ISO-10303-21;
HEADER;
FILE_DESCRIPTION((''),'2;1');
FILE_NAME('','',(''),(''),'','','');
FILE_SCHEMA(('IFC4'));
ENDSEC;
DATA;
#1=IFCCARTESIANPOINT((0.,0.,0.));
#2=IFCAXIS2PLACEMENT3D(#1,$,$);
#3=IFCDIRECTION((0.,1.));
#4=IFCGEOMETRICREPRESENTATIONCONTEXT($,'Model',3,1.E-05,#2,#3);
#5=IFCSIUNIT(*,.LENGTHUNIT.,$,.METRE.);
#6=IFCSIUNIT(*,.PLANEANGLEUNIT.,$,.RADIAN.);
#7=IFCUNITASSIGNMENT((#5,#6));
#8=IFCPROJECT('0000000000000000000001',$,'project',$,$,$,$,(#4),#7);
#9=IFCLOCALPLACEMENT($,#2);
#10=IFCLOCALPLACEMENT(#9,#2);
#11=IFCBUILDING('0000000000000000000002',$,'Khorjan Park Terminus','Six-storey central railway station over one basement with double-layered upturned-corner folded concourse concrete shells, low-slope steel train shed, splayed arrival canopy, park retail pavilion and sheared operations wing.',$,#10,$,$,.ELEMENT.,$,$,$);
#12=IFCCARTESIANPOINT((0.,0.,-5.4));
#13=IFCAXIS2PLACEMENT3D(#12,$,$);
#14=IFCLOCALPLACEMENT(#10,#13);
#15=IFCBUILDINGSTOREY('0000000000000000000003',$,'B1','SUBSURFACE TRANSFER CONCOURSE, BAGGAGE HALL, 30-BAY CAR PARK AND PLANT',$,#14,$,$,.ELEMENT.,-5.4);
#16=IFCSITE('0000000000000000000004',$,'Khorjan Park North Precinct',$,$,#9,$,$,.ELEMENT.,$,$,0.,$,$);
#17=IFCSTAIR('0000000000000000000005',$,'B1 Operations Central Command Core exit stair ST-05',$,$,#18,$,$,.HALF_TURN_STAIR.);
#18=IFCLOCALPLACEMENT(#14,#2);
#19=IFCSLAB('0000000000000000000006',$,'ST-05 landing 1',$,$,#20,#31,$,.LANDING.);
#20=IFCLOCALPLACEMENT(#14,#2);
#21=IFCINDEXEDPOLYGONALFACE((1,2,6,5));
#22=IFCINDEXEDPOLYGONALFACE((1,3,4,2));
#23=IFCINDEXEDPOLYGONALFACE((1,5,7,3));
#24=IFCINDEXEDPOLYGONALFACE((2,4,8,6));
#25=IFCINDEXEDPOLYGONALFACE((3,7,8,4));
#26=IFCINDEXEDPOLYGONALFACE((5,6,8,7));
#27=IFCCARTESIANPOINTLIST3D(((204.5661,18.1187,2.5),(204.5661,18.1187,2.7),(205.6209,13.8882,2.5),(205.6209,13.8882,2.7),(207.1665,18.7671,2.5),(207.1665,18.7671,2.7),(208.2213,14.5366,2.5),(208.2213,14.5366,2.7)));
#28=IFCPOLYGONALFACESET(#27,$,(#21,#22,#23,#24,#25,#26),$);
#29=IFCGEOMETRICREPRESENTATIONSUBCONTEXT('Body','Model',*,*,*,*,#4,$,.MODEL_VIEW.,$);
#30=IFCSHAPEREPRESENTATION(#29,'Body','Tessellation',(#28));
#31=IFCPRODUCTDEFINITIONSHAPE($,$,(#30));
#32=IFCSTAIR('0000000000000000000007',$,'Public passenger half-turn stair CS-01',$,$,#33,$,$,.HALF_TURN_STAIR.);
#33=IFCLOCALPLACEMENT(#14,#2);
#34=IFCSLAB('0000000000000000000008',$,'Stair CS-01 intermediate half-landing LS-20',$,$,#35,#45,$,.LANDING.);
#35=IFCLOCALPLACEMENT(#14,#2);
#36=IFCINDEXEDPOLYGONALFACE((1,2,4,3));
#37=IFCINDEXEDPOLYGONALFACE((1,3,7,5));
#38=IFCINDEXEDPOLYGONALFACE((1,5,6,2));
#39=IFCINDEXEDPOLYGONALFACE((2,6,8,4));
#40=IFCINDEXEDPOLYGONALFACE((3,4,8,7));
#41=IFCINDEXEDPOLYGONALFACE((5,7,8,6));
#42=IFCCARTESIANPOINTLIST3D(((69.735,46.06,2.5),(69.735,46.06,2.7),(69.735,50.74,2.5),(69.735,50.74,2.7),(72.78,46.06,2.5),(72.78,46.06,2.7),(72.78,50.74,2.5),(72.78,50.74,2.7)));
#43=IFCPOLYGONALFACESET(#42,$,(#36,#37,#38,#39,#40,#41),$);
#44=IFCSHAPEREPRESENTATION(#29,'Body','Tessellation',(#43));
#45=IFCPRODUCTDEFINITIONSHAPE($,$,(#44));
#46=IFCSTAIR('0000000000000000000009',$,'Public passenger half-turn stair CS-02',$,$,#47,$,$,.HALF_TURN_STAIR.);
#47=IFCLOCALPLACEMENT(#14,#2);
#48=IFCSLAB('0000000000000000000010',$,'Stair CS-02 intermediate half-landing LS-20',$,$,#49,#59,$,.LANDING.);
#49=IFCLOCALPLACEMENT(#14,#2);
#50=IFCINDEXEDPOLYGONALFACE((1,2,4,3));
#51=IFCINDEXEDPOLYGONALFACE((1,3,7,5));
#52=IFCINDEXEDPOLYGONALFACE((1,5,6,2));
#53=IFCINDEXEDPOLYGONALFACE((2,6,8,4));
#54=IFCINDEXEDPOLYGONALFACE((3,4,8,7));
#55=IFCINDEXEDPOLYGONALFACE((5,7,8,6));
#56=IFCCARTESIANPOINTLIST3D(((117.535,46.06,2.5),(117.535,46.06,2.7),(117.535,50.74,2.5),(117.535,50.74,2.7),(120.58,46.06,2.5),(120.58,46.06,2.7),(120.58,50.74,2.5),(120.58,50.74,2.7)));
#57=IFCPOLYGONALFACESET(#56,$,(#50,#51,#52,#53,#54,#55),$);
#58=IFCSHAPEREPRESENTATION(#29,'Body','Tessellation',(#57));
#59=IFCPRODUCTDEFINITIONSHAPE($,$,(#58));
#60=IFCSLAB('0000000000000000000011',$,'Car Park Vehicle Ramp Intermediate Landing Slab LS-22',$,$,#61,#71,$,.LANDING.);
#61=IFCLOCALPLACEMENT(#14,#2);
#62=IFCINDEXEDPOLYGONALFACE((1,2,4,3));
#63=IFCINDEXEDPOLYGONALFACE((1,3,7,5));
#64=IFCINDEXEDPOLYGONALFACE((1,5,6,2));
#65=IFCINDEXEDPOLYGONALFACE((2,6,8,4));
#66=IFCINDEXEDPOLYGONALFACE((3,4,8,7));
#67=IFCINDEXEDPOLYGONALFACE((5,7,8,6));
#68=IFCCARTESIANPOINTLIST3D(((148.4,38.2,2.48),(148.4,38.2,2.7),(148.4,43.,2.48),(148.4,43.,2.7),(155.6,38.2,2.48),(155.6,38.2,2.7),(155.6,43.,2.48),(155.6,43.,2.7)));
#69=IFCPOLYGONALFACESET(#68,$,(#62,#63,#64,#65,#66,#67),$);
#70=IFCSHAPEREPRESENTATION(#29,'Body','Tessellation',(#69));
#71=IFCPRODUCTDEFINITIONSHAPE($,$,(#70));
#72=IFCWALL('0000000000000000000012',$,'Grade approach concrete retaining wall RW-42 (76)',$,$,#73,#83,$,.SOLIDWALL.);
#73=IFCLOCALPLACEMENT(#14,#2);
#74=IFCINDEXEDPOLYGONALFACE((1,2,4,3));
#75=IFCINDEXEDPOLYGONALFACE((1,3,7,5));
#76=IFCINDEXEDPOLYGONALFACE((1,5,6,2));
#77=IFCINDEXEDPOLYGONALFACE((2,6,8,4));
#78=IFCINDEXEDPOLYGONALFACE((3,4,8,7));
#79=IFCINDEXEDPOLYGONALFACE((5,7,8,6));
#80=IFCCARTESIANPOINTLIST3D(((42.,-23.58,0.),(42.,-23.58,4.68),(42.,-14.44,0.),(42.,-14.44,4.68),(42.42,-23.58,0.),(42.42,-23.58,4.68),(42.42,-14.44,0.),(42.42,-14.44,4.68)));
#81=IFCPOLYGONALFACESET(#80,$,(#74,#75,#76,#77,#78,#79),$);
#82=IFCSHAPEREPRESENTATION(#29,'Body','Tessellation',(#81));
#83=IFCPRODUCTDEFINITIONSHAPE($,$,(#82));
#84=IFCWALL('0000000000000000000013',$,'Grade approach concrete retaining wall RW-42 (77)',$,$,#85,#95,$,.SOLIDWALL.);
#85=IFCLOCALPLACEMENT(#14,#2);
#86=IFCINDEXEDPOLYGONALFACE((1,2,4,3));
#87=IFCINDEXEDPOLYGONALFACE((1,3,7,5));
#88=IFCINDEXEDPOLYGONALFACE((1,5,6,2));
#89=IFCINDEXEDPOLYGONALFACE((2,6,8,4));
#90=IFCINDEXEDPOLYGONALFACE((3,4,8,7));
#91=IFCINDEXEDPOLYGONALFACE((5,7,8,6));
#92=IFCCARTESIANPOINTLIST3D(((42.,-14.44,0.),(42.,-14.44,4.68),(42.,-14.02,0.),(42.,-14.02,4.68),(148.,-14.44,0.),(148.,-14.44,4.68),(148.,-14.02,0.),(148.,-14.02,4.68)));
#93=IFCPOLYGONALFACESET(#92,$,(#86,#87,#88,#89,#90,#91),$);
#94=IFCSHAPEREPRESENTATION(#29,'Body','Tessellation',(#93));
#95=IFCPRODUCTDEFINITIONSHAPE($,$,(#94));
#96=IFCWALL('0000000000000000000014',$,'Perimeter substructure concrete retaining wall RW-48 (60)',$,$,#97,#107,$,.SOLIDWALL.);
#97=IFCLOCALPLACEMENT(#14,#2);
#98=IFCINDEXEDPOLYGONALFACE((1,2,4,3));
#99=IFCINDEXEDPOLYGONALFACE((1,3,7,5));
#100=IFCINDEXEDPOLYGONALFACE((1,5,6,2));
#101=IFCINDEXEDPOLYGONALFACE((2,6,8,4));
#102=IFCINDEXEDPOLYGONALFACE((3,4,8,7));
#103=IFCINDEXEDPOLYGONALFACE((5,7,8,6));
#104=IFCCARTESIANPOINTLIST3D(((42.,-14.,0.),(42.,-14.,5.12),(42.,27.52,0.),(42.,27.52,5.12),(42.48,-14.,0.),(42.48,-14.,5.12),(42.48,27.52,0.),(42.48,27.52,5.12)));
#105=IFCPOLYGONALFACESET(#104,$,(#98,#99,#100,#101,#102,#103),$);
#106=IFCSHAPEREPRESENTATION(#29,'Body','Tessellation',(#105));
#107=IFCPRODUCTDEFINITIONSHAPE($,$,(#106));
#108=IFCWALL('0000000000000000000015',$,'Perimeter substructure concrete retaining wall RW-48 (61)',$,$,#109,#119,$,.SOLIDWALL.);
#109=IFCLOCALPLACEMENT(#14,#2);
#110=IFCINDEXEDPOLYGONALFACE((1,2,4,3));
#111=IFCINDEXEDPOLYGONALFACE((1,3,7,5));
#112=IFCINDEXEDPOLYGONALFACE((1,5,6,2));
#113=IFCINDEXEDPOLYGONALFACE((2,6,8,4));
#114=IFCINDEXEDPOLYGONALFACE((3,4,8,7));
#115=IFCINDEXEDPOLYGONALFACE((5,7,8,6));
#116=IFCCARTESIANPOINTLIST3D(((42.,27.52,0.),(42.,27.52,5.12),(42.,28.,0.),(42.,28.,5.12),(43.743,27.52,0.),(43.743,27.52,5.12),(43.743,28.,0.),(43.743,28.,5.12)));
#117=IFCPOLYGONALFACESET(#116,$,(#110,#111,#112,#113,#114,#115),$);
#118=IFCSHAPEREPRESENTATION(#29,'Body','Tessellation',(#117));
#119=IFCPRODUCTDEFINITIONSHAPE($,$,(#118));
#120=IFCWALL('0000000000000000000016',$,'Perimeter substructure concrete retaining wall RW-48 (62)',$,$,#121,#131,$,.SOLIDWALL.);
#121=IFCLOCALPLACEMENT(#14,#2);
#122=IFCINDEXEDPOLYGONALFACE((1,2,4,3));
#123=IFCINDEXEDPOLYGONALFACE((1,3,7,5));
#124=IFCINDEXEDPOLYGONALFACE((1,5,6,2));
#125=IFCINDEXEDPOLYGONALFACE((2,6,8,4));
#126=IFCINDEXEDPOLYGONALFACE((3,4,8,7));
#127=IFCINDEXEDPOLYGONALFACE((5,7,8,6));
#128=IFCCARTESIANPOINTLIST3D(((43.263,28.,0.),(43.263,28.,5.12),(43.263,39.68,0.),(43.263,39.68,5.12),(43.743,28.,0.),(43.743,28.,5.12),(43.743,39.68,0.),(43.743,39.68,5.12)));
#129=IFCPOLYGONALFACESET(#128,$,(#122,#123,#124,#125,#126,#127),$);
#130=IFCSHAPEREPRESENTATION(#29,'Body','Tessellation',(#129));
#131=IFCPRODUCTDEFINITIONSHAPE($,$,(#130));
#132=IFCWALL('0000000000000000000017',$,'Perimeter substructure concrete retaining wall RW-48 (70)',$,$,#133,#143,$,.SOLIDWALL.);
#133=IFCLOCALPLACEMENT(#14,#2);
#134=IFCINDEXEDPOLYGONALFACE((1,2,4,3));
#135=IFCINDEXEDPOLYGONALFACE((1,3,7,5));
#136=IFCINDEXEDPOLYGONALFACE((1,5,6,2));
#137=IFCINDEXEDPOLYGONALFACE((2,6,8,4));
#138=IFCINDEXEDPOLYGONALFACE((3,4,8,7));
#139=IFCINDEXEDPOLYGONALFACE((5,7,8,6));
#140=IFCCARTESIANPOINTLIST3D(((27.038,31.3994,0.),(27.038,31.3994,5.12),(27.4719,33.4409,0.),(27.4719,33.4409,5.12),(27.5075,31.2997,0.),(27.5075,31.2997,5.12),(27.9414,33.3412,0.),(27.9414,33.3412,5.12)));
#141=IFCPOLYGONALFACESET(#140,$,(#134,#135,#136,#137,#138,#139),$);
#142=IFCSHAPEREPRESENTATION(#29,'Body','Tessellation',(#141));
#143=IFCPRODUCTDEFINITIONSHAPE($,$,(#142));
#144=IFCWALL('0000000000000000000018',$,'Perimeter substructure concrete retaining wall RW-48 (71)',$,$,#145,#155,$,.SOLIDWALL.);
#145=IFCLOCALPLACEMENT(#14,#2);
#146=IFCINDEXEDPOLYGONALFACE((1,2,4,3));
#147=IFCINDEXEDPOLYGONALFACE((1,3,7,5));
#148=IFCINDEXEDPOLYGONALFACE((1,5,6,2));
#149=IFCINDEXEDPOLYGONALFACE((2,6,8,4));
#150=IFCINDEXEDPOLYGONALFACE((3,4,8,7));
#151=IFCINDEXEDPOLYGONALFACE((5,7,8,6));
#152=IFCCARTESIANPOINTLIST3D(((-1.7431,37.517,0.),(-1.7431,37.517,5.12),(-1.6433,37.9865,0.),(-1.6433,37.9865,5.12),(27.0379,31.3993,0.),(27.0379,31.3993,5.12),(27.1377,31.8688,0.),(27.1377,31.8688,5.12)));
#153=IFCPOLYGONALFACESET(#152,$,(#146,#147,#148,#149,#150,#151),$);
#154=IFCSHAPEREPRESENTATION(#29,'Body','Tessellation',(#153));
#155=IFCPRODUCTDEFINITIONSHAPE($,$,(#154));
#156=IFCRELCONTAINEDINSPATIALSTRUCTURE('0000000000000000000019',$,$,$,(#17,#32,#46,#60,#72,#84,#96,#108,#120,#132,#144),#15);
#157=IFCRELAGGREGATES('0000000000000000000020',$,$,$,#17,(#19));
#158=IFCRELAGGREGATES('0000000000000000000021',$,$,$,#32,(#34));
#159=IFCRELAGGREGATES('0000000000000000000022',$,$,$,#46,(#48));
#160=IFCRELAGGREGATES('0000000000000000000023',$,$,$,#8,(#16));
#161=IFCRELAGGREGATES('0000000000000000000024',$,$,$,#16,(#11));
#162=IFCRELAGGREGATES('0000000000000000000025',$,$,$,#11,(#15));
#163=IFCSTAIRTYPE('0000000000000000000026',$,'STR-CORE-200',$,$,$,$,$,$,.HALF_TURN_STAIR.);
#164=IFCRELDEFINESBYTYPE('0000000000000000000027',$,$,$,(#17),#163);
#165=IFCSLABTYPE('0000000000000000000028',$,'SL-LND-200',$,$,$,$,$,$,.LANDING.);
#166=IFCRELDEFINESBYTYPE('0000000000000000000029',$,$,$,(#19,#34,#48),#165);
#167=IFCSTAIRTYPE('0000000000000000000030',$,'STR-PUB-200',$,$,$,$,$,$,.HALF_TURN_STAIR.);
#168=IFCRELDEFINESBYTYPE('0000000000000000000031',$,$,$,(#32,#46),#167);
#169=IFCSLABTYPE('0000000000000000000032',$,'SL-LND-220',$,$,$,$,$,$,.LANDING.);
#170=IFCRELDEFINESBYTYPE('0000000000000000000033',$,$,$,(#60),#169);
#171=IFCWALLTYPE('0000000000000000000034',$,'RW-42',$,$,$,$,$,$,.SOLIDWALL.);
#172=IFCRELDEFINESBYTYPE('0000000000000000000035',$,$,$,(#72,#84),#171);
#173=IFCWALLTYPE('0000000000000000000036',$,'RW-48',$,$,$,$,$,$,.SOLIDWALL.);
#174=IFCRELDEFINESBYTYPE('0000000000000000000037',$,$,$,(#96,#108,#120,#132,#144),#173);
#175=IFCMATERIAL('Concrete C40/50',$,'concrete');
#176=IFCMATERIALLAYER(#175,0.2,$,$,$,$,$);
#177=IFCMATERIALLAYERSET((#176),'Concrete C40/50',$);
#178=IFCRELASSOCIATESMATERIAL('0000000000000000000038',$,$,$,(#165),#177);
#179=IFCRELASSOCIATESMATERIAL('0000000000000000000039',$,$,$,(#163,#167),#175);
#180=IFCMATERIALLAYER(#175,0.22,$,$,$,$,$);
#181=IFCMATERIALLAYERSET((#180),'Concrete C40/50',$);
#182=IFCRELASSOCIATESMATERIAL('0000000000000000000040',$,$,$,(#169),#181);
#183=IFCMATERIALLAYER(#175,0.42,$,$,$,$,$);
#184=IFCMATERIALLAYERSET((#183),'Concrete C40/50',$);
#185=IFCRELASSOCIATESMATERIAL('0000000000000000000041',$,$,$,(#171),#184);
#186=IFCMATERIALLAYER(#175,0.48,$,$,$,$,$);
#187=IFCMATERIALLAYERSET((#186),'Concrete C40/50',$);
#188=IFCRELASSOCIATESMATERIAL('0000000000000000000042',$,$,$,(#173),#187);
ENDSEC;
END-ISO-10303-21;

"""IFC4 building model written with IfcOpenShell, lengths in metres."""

from ifc_helpers import new_model, si_unit, direction, frame, frame_2d, origin, place, context, subcontext, project, spatial, polyline, rectangle, outline, extrude, material, layer, layer_set, type_object, element, aggregate, save


model = new_model("IFC4")

# Units and contexts
model_context = context("Model", 3, precision=1e-05, world=origin(), true_north=direction((0.0, 1.0)))
body_context = subcontext(model_context, "Body", "Model", "MODEL_VIEW")
ifc_project = project(units=[si_unit("LENGTHUNIT", "METRE"), si_unit("PLANEANGLEUNIT", "RADIAN")], contexts=[model_context])

# Site, building, storey
site_placement = place(None, origin())
site = spatial("IfcSite", under=ifc_project, at=site_placement, Name="Khorjan Park North Precinct", CompositionType="ELEMENT", RefElevation=0.0)
building_placement = place(site_placement, origin())
building = spatial("IfcBuilding", under=site, at=building_placement, Name="Khorjan Park Terminus", Description="Six-storey central railway station over one basement with double-layered upturned-corner folded concourse concrete shells, low-slope steel train shed, splayed arrival canopy, park retail pavilion and sheared operations wing.", CompositionType="ELEMENT")
storey_placement = place(building_placement, frame((0.0, 0.0, -5.4)))
storey = spatial("IfcBuildingStorey", under=building, at=storey_placement, Name="B1", Description="SUBSURFACE TRANSFER CONCOURSE, BAGGAGE HALL, 30-BAY CAR PARK AND PLANT", CompositionType="ELEMENT", Elevation=-5.4)

# Shared definitions
ifc_material_1 = material(Name="Concrete C40/50", Category="concrete")

# Stairs, slabs
ifc_layer_1 = layer(ifc_material_1, 0.2)
ifc_layer_set_1 = layer_set([ifc_layer_1], Name="Concrete C40/50")
slab_type_1 = type_object("IfcSlabType", Name="SL-LND-200", PredefinedType="LANDING", material=ifc_layer_set_1)
stair_type_1 = type_object("IfcStairType", Name="STR-CORE-200", PredefinedType="HALF_TURN_STAIR", material=ifc_material_1)
stair_1_placement = place(storey_placement, origin())
stair_1 = element("IfcStair", 1, at=stair_1_placement, inside=storey, type_object=stair_type_1, Name="B1 Operations Central Command Core exit stair ST-05", PredefinedType="HALF_TURN_STAIR")
slab_1_placement = place(storey_placement, frame((0.0, 0.0, 2.5)))
slab_1 = element("IfcSlab", 2, at=slab_1_placement, type_object=slab_type_1, Name="ST-05 landing 1", PredefinedType="LANDING", context=body_context, shape_type="SweptSolid", body=[
    extrude(outline(polyline([(205.6209, 13.8882), (208.2213, 14.5366), (207.1665, 18.7671), (204.5661, 18.1187), (205.6209, 13.8882)])), origin(), (0.0, 0.0, 1.0), 0.2),
])
aggregate(stair_1, [slab_1])
stair_type_2 = type_object("IfcStairType", Name="STR-PUB-200", PredefinedType="HALF_TURN_STAIR", material=ifc_material_1)
stair_2_placement = place(storey_placement, origin())
stair_2 = element("IfcStair", 3, at=stair_2_placement, inside=storey, type_object=stair_type_2, Name="Public passenger half-turn stair CS-01", PredefinedType="HALF_TURN_STAIR")
slab_2_placement = place(storey_placement, frame((0.0, 0.0, 2.5)))
slab_2 = element("IfcSlab", 4, at=slab_2_placement, type_object=slab_type_1, Name="Stair CS-01 intermediate half-landing LS-20", PredefinedType="LANDING", context=body_context, shape_type="SweptSolid", body=[
    extrude(outline(polyline([(69.735, 46.06), (72.78, 46.06), (72.78, 50.74), (69.735, 50.74), (69.735, 46.06)])), origin(), (0.0, 0.0, 1.0), 0.2),
])
aggregate(stair_2, [slab_2])
stair_3_placement = place(storey_placement, origin())
stair_3 = element("IfcStair", 5, at=stair_3_placement, inside=storey, type_object=stair_type_2, Name="Public passenger half-turn stair CS-02", PredefinedType="HALF_TURN_STAIR")
slab_3_placement = place(storey_placement, frame((0.0, 0.0, 2.5)))
slab_3 = element("IfcSlab", 6, at=slab_3_placement, type_object=slab_type_1, Name="Stair CS-02 intermediate half-landing LS-20", PredefinedType="LANDING", context=body_context, shape_type="SweptSolid", body=[
    extrude(outline(polyline([(117.535, 46.06), (120.58, 46.06), (120.58, 50.74), (117.535, 50.74), (117.535, 46.06)])), origin(), (0.0, 0.0, 1.0), 0.2),
])
aggregate(stair_3, [slab_3])

# Slab
ifc_layer_2 = layer(ifc_material_1, 0.22)
ifc_layer_set_2 = layer_set([ifc_layer_2], Name="Concrete C40/50")
slab_type_2 = type_object("IfcSlabType", Name="SL-LND-220", PredefinedType="LANDING", material=ifc_layer_set_2)
slab_4_placement = place(storey_placement, frame((0.0, 0.0, 2.48)))
element("IfcSlab", 7, at=slab_4_placement, inside=storey, type_object=slab_type_2, Name="Car Park Vehicle Ramp Intermediate Landing Slab LS-22", PredefinedType="LANDING", context=body_context, shape_type="SweptSolid", body=[
    extrude(outline(polyline([(148.4, 38.2), (155.6, 38.2), (155.6, 43.0), (148.4, 43.0), (148.4, 38.2)])), origin(), (0.0, 0.0, 1.0), 0.22),
])

# Walls
ifc_layer_3 = layer(ifc_material_1, 0.42)
ifc_layer_set_3 = layer_set([ifc_layer_3], Name="Concrete C40/50")
wall_type_1 = type_object("IfcWallType", Name="RW-42", PredefinedType="SOLIDWALL", material=ifc_layer_set_3)
wall_1_placement = place(storey_placement, frame((42.21, -23.58, 0.0), z_axis=(0.0, 0.0, 1.0), x_axis=(0.0, 1.0, 0.0)))
element("IfcWall", 8, at=wall_1_placement, inside=storey, type_object=wall_type_1, Name="Grade approach concrete retaining wall RW-42 (76)", PredefinedType="SOLIDWALL", context=body_context, shape_type="SweptSolid", body=[
    extrude(rectangle(XDim=9.14, YDim=0.42, at=frame_2d((4.57, 0.0))), origin(), (0.0, 0.0, 1.0), 4.68),
])
wall_2_placement = place(storey_placement, frame((42.0, -14.23, 0.0), z_axis=(0.0, 0.0, 1.0), x_axis=(1.0, 0.0, 0.0)))
element("IfcWall", 9, at=wall_2_placement, inside=storey, type_object=wall_type_1, Name="Grade approach concrete retaining wall RW-42 (77)", PredefinedType="SOLIDWALL", context=body_context, shape_type="SweptSolid", body=[
    extrude(rectangle(XDim=106.0, YDim=0.42, at=frame_2d((53.0, 0.0))), origin(), (0.0, 0.0, 1.0), 4.68),
])
ifc_layer_4 = layer(ifc_material_1, 0.48)
ifc_layer_set_4 = layer_set([ifc_layer_4], Name="Concrete C40/50")
wall_type_2 = type_object("IfcWallType", Name="RW-48", PredefinedType="SOLIDWALL", material=ifc_layer_set_4)
wall_3_placement = place(storey_placement, frame((42.24, -14.0, 0.0), z_axis=(0.0, 0.0, 1.0), x_axis=(0.0, 1.0, 0.0)))
element("IfcWall", 10, at=wall_3_placement, inside=storey, type_object=wall_type_2, Name="Perimeter substructure concrete retaining wall RW-48 (60)", PredefinedType="SOLIDWALL", context=body_context, shape_type="SweptSolid", body=[
    extrude(rectangle(XDim=41.52, YDim=0.48, at=frame_2d((20.76, 0.0))), origin(), (0.0, 0.0, 1.0), 5.12),
])
wall_4_placement = place(storey_placement, frame((42.0, 27.76, 0.0), z_axis=(0.0, 0.0, 1.0), x_axis=(1.0, 0.0, 0.0)))
element("IfcWall", 11, at=wall_4_placement, inside=storey, type_object=wall_type_2, Name="Perimeter substructure concrete retaining wall RW-48 (61)", PredefinedType="SOLIDWALL", context=body_context, shape_type="SweptSolid", body=[
    extrude(rectangle(XDim=1.743, YDim=0.48, at=frame_2d((0.8715, 0.0))), origin(), (0.0, 0.0, 1.0), 5.12),
])
wall_5_placement = place(storey_placement, frame((43.503, 28.0, 0.0), z_axis=(0.0, 0.0, 1.0), x_axis=(0.0, 1.0, 0.0)))
element("IfcWall", 12, at=wall_5_placement, inside=storey, type_object=wall_type_2, Name="Perimeter substructure concrete retaining wall RW-48 (62)", PredefinedType="SOLIDWALL", context=body_context, shape_type="SweptSolid", body=[
    extrude(rectangle(XDim=11.68, YDim=0.48, at=frame_2d((5.84, 0.0))), origin(), (0.0, 0.0, 1.0), 5.12),
])
wall_6_placement = place(storey_placement, frame((27.7066, 33.391, 0.0), z_axis=(0.0, 0.0, 1.0), x_axis=(-0.207896, -0.978151, 0.0)))
element("IfcWall", 13, at=wall_6_placement, inside=storey, type_object=wall_type_2, Name="Perimeter substructure concrete retaining wall RW-48 (70)", PredefinedType="SOLIDWALL", context=body_context, shape_type="SweptSolid", body=[
    extrude(rectangle(XDim=2.0871, YDim=0.48, at=frame_2d((1.0435, 0.0))), origin(), (0.0, 0.0, 1.0), 5.12),
])
wall_7_placement = place(storey_placement, frame((27.0878, 31.6341, 0.0), z_axis=(0.0, 0.0, 1.0), x_axis=(-0.978147, 0.207915, 0.0)))
element("IfcWall", 14, at=wall_7_placement, inside=storey, type_object=wall_type_2, Name="Perimeter substructure concrete retaining wall RW-48 (71)", PredefinedType="SOLIDWALL", context=body_context, shape_type="SweptSolid", body=[
    extrude(rectangle(XDim=29.4241, YDim=0.48, at=frame_2d((14.712, 0.0))), origin(), (0.0, 0.0, 1.0), 5.12),
])

save(model, "model.ifc")
